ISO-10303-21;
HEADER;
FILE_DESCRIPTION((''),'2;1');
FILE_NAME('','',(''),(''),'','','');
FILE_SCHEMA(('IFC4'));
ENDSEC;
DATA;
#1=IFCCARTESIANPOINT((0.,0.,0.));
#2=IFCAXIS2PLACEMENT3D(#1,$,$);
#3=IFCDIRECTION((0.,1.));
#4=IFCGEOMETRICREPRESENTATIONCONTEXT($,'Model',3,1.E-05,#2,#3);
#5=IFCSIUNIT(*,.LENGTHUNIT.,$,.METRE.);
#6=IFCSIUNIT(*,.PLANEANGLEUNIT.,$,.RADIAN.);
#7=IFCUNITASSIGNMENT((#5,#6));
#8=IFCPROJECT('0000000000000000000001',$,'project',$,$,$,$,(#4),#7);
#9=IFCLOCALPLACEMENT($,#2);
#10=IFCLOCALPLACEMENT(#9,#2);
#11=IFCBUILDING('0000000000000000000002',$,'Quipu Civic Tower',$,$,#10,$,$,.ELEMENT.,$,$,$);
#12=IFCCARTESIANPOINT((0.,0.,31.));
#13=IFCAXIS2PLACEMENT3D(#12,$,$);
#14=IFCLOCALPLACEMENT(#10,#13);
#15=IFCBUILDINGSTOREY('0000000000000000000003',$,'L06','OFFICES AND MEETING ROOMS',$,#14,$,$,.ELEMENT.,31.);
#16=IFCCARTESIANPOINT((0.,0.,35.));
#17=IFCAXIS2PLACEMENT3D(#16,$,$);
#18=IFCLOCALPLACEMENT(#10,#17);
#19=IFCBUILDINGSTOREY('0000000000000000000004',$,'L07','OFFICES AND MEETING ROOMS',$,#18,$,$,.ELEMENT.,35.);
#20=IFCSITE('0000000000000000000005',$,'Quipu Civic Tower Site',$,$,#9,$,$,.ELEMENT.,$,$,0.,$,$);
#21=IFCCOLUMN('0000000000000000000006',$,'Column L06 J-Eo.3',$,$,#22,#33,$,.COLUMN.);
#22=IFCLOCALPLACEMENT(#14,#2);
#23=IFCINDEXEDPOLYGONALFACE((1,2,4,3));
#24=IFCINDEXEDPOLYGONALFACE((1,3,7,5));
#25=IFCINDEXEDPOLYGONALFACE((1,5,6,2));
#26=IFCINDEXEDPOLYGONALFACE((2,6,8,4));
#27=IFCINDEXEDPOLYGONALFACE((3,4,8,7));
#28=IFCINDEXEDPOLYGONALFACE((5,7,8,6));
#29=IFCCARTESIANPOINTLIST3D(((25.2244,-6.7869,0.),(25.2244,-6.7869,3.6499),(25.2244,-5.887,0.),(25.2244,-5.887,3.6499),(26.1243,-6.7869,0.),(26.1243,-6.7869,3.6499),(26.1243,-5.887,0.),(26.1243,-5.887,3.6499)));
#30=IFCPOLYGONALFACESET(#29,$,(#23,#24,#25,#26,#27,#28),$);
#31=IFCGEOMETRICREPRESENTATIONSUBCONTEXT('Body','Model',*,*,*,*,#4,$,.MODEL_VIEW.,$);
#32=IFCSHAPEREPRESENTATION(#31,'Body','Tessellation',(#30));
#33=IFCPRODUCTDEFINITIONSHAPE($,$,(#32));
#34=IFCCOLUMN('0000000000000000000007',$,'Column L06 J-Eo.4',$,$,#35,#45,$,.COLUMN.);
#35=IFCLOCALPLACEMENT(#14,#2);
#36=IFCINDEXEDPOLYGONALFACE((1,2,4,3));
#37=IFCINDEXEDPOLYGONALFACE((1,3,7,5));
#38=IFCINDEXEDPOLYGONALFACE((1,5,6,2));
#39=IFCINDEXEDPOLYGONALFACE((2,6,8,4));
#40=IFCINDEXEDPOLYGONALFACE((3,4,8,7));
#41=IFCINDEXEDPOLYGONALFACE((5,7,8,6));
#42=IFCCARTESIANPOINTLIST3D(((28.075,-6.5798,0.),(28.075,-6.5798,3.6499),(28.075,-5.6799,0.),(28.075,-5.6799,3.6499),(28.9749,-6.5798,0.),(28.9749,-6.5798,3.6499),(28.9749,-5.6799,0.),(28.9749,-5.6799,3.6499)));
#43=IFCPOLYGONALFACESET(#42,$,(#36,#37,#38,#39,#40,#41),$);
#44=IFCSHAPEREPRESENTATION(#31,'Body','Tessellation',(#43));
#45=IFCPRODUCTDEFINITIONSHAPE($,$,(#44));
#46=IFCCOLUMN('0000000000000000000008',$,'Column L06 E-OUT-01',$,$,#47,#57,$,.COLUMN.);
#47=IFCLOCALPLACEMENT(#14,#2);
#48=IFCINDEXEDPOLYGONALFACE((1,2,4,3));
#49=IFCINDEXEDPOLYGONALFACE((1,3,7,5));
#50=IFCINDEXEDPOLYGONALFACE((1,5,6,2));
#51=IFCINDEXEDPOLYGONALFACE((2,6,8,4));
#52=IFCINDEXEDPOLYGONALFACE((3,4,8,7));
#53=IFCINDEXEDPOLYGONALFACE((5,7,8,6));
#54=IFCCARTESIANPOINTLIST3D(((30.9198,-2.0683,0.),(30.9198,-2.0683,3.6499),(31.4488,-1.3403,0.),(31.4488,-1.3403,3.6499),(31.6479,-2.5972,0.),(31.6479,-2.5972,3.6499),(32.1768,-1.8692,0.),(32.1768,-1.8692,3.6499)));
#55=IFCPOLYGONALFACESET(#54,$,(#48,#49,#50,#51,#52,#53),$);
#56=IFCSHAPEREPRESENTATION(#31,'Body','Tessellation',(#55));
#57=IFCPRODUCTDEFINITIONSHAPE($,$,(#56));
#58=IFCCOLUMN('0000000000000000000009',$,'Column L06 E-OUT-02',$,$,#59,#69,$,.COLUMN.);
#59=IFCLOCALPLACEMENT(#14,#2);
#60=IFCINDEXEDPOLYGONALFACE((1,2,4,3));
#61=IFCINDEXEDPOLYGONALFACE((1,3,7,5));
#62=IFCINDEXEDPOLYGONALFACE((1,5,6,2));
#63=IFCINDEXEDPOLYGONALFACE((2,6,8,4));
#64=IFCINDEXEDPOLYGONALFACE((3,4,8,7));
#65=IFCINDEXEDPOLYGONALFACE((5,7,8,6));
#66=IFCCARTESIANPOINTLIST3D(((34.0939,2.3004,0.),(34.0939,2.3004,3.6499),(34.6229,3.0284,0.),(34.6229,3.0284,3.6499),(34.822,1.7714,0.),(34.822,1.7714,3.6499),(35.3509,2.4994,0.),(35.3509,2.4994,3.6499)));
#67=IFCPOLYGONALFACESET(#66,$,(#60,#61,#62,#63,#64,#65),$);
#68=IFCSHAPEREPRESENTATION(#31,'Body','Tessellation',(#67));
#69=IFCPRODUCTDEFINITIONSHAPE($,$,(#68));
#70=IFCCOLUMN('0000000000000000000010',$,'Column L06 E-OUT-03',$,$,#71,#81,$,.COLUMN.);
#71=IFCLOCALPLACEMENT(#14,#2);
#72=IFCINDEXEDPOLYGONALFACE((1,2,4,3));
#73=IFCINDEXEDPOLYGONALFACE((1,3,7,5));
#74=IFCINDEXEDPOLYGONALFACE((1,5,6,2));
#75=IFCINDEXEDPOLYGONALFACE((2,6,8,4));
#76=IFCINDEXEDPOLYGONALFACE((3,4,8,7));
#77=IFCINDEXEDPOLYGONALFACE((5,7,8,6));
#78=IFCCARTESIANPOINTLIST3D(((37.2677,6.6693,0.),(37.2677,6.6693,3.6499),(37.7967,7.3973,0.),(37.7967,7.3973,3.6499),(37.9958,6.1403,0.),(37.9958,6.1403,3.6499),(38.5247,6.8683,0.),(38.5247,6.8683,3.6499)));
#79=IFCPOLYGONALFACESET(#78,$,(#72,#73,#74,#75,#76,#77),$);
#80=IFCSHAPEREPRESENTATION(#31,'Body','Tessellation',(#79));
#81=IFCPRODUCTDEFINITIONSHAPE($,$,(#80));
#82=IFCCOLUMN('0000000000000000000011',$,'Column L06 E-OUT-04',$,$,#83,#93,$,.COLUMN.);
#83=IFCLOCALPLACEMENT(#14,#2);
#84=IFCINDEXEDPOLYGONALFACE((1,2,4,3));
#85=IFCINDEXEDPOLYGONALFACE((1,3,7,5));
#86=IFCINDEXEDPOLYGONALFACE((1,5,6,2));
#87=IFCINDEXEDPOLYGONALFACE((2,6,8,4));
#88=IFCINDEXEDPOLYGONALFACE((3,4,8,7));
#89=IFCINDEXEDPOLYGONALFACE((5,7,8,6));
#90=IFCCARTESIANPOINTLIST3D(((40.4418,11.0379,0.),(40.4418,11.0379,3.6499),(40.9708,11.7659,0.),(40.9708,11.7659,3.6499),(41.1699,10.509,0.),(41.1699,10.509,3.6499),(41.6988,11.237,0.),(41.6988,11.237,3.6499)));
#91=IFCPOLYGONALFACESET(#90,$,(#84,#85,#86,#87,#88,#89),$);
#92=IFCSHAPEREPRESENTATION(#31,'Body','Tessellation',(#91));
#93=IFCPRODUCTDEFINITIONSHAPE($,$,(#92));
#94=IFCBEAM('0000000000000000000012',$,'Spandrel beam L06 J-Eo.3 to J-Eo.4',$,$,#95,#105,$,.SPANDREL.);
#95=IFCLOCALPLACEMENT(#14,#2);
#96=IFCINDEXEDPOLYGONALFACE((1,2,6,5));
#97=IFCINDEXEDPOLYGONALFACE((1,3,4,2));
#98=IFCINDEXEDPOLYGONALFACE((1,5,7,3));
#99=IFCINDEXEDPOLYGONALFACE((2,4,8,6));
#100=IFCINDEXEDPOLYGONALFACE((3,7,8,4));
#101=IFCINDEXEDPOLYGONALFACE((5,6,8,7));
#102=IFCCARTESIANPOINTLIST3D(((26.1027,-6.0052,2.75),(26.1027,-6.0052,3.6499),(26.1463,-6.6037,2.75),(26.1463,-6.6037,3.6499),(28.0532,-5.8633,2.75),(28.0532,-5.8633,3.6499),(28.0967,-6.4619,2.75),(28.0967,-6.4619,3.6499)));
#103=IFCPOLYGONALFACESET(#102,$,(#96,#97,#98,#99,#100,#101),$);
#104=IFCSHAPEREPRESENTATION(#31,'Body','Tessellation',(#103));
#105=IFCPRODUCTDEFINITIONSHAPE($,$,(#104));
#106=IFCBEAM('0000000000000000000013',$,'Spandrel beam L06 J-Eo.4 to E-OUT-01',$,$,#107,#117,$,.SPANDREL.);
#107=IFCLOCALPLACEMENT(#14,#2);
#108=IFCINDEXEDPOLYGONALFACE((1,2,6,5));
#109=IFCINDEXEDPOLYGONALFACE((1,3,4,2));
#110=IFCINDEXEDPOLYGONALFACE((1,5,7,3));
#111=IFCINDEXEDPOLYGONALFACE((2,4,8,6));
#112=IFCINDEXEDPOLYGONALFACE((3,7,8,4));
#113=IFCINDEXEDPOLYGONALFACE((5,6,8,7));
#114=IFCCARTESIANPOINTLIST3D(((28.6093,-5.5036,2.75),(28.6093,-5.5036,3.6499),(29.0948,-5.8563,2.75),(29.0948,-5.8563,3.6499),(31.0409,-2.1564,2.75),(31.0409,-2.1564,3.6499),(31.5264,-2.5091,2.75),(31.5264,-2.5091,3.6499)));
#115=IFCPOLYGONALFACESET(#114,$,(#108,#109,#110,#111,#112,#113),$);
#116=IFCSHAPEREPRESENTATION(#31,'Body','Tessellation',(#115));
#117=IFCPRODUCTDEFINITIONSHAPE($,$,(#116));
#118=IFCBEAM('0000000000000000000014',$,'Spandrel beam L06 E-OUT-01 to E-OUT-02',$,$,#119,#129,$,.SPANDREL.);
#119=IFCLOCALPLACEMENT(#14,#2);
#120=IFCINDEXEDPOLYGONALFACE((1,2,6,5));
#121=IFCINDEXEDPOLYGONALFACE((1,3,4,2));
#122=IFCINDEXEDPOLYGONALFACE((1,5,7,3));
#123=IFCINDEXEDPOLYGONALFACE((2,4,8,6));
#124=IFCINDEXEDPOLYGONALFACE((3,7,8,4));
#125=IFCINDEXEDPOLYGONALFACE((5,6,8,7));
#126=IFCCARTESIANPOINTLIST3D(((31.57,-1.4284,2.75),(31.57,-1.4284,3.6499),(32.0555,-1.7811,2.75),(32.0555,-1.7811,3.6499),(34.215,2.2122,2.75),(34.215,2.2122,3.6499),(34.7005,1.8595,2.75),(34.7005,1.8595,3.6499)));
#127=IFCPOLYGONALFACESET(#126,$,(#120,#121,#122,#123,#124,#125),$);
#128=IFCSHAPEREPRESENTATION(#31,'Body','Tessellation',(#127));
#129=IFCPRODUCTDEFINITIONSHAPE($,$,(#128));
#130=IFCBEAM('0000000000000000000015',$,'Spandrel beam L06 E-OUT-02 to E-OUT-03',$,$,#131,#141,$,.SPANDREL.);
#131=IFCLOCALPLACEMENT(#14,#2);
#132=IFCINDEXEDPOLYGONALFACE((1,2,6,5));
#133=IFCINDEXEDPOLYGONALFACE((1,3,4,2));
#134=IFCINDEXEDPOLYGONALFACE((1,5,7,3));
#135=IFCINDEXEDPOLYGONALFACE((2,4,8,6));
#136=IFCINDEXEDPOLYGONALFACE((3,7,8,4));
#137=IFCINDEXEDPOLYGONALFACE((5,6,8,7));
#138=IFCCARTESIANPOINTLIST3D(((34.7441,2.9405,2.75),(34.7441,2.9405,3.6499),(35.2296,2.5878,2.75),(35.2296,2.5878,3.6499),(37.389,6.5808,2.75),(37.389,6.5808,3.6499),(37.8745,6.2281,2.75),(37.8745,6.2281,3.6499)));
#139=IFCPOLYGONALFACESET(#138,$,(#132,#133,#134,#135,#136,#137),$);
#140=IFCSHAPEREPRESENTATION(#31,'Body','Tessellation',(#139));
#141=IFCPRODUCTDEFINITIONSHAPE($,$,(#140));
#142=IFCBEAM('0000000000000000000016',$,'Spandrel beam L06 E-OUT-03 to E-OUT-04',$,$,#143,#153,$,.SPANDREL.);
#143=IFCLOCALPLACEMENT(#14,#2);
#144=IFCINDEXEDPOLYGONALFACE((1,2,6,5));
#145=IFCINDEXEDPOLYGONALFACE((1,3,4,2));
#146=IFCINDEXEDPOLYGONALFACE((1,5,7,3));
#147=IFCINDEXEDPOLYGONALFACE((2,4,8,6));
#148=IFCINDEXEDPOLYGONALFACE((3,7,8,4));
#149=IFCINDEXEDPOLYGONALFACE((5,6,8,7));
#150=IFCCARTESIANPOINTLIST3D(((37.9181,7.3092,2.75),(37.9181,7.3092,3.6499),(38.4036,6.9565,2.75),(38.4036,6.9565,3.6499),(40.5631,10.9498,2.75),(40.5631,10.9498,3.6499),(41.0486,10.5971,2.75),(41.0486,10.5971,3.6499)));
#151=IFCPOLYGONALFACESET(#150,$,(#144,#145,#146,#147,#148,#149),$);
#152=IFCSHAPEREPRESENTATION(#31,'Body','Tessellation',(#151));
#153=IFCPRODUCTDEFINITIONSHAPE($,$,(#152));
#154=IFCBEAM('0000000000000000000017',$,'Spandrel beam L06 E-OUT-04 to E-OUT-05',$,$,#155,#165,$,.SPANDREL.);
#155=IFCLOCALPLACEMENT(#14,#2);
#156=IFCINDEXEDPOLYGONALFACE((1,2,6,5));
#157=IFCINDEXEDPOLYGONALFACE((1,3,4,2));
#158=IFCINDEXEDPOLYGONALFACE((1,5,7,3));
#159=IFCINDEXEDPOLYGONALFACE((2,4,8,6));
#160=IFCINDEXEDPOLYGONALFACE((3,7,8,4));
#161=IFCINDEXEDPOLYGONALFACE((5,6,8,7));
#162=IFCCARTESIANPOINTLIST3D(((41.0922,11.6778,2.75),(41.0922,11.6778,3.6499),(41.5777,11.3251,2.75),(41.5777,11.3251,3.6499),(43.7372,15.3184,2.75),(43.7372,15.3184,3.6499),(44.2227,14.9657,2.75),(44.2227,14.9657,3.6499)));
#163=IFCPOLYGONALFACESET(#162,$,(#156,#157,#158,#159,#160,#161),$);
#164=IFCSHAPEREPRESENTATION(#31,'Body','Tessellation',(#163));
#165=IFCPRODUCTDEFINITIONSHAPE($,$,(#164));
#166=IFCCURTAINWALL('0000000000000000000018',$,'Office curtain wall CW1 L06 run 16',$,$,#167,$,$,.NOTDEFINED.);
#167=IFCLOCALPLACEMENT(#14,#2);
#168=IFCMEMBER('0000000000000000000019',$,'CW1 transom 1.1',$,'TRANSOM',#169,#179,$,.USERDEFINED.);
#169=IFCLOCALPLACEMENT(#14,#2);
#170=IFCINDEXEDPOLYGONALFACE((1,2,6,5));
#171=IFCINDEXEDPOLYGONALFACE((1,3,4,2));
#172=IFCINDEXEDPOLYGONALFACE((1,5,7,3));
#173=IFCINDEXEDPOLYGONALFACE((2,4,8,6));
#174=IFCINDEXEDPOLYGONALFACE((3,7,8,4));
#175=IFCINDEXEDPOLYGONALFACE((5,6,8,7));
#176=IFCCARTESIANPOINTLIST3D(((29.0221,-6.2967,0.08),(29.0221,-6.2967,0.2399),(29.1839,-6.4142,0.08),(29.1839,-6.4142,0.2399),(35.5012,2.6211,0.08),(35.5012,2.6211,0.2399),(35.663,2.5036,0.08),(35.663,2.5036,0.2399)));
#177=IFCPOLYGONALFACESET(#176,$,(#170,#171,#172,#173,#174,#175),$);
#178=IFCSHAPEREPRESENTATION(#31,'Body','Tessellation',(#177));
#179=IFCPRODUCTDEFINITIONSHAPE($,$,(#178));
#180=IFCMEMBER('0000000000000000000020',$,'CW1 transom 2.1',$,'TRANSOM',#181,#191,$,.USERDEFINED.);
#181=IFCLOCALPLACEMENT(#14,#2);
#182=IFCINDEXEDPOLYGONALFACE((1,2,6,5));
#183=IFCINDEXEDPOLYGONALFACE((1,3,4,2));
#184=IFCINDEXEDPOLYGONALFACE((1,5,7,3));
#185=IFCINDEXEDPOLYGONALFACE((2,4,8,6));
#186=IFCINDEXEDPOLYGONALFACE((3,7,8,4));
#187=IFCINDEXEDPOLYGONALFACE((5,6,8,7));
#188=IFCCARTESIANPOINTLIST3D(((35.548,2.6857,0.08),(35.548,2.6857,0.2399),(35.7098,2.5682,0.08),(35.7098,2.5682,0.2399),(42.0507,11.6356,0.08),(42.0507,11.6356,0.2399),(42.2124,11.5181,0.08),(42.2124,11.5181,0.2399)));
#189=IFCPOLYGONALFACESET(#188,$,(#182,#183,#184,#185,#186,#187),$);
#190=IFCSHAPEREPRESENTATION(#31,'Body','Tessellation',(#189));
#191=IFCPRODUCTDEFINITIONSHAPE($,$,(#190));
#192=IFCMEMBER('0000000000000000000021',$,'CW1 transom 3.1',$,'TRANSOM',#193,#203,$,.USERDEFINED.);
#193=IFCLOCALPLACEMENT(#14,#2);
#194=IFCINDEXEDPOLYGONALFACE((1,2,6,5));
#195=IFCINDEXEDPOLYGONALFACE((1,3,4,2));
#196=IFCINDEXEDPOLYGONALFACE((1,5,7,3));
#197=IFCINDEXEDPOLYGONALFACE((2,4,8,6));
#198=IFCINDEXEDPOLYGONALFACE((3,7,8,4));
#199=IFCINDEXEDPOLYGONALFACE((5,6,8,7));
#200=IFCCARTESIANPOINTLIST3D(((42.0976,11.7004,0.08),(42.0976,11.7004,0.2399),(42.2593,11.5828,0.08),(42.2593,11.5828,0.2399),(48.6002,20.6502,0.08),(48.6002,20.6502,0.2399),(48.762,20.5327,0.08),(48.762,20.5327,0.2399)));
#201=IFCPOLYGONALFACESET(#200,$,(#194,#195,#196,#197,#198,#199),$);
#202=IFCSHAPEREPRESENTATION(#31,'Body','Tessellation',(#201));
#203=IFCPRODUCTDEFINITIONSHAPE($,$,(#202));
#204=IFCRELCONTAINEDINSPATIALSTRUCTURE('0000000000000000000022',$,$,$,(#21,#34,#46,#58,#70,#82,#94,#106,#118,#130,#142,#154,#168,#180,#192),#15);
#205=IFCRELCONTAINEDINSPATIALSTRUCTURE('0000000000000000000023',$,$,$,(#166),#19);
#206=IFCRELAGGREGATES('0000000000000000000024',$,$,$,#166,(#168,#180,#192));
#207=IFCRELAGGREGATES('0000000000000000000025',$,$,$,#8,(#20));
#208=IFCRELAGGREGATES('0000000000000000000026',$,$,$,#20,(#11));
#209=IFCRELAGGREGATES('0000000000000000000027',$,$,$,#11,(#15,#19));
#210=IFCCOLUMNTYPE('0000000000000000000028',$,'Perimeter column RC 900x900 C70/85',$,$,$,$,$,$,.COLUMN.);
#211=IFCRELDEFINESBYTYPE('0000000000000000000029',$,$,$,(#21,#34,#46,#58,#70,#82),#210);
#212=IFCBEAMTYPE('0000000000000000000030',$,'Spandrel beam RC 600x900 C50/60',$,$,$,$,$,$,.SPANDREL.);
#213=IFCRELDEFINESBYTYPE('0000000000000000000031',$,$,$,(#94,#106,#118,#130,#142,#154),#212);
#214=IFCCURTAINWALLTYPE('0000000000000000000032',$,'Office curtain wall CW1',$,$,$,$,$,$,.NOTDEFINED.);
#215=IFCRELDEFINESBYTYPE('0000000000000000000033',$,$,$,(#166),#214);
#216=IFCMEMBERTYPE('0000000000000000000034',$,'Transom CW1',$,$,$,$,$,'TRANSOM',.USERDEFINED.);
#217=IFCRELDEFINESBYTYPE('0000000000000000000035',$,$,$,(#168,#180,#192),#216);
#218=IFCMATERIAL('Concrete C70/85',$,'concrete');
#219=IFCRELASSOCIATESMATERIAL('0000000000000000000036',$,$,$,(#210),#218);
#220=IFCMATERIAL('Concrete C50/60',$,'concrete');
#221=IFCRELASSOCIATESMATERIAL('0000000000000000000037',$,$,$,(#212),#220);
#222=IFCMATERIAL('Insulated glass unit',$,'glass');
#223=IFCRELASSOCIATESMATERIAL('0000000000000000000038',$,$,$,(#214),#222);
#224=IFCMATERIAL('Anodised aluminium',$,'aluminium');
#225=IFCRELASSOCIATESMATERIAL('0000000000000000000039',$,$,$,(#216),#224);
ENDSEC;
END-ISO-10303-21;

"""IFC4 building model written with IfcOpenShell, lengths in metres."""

from ifc_helpers import new_model, si_unit, direction, frame, origin, origin_2d, place, context, subcontext, project, spatial, rectangle, extrude, material, material_profile, profile_set, type_object, element, aggregate, save


model = new_model("IFC4")

# Units and contexts
model_context = context("Model", 3, precision=1e-05, world=origin(), true_north=direction((0.0, 1.0)))
body_context = subcontext(model_context, "Body", "Model", "MODEL_VIEW")
ifc_project = project(units=[si_unit("LENGTHUNIT", "METRE"), si_unit("PLANEANGLEUNIT", "RADIAN")], contexts=[model_context])

# Site, building, storey
site_placement = place(None, origin())
site = spatial("IfcSite", under=ifc_project, at=site_placement, Name="Quipu Civic Tower Site", CompositionType="ELEMENT", RefElevation=0.0)
building_placement = place(site_placement, origin())
building = spatial("IfcBuilding", under=site, at=building_placement, Name="Quipu Civic Tower", CompositionType="ELEMENT")
storey_1_placement = place(building_placement, frame((0.0, 0.0, 31.0)))
storey_1 = spatial("IfcBuildingStorey", under=building, at=storey_1_placement, Name="L06", Description="OFFICES AND MEETING ROOMS", CompositionType="ELEMENT", Elevation=31.0)

# Columns
ifc_material_1 = material(Name="Concrete C70/85", Category="concrete")
ifc_material_profile_1 = material_profile(ifc_material_1, rectangle(XDim=0.8999, YDim=0.8999, at=origin_2d()), Name="RC900x900")
ifc_profile_set_1 = profile_set([ifc_material_profile_1], Name="Concrete C70/85")
column_type = type_object("IfcColumnType", Name="Perimeter column RC 900x900 C70/85", PredefinedType="COLUMN", material=ifc_profile_set_1)
for number, where, z_axis, x_axis, name in (
    (1, (25.6743, -6.3369, 0.0), (0.0, 0.0, 1.0), (1.0, 0.0, 0.0), "Column L06 J-Eo.3"),
    (2, (28.5249, -6.1299, 0.0), (0.0, 0.0, 1.0), (1.0, 0.0, 0.0), "Column L06 J-Eo.4"),
    (3, (31.5483, -1.9688, 0.0), (0.0, 0.0, 1.0), (0.587785, 0.809017, 0.0), "Column L06 E-OUT-01"),
    (4, (34.7224, 2.3999, 0.0), (0.0, 0.0, 1.0), (0.587785, 0.809017, 0.0), "Column L06 E-OUT-02"),
    (5, (37.8962, 6.7688, 0.0), (0.0, 0.0, 1.0), (0.587785, 0.809017, 0.0), "Column L06 E-OUT-03"),
    (6, (41.0703, 11.1375, 0.0), (0.0, 0.0, 1.0), (0.587785, 0.809017, 0.0), "Column L06 E-OUT-04"),
):
    element("IfcColumn", number, at=place(storey_1_placement, frame(where, z_axis=z_axis, x_axis=x_axis)), inside=storey_1, type_object=column_type, Name=name, PredefinedType="COLUMN", context=body_context, shape_type="SweptSolid", body=[
        extrude(rectangle(XDim=0.8999, YDim=0.8999, at=origin_2d()), origin(), (0.0, 0.0, 1.0), 3.6499),
    ])

# Beams
ifc_material_2 = material(Name="Concrete C50/60", Category="concrete")
ifc_material_profile_2 = material_profile(ifc_material_2, rectangle(XDim=0.6001, YDim=0.8999, at=origin_2d()), Name="RC600x900")
ifc_profile_set_2 = profile_set([ifc_material_profile_2], Name="Concrete C50/60")
beam_type = type_object("IfcBeamType", Name="Spandrel beam RC 600x900 C50/60", PredefinedType="SPANDREL", material=ifc_profile_set_2)
beam_1_placement = place(storey_1_placement, frame((26.1245, -6.3044, 3.2), z_axis=(0.997366, 0.072533, 0.0), x_axis=(-0.072533, 0.997366, 0.0)))
element("IfcBeam", 7, at=beam_1_placement, inside=storey_1, type_object=beam_type, Name="Spandrel beam L06 J-Eo.3 to J-Eo.4", PredefinedType="SPANDREL", context=body_context, shape_type="SweptSolid", body=[
    extrude(rectangle(XDim=0.6001, YDim=0.8999, at=origin_2d()), origin(), (0.0, 0.0, 1.0), 1.9556),
])
beam_2_placement = place(storey_1_placement, frame((28.8521, -5.6799, 3.2), z_axis=(0.587751, 0.809042, 0.0), x_axis=(-0.809042, 0.587751, 0.0)))
element("IfcBeam", 8, at=beam_2_placement, inside=storey_1, type_object=beam_type, Name="Spandrel beam L06 J-Eo.4 to E-OUT-01", PredefinedType="SPANDREL", context=body_context, shape_type="SweptSolid", body=[
    extrude(rectangle(XDim=0.6001, YDim=0.8999, at=origin_2d()), origin(), (0.0, 0.0, 1.0), 4.1372),
])
beam_3_placement = place(storey_1_placement, frame((31.8127, -1.6047, 3.2), z_axis=(0.587778, 0.809022, 0.0), x_axis=(-0.809022, 0.587778, 0.0)))
element("IfcBeam", 9, at=beam_3_placement, inside=storey_1, type_object=beam_type, Name="Spandrel beam L06 E-OUT-01 to E-OUT-02", PredefinedType="SPANDREL", context=body_context, shape_type="SweptSolid", body=[
    extrude(rectangle(XDim=0.6001, YDim=0.8999, at=origin_2d()), origin(), (0.0, 0.0, 1.0), 4.5),
])
beam_4_placement = place(storey_1_placement, frame((34.9868, 2.7642, 3.2), z_axis=(0.587804, 0.809003, 0.0), x_axis=(-0.809003, 0.587804, 0.0)))
element("IfcBeam", 10, at=beam_4_placement, inside=storey_1, type_object=beam_type, Name="Spandrel beam L06 E-OUT-02 to E-OUT-03", PredefinedType="SPANDREL", context=body_context, shape_type="SweptSolid", body=[
    extrude(rectangle(XDim=0.6001, YDim=0.8999, at=origin_2d()), origin(), (0.0, 0.0, 1.0), 4.4998),
])
for number, where, z_axis, x_axis, name in (
    (11, (38.1609, 7.1328, 3.2), (0.587778, 0.809022, 0.0), (-0.809022, 0.587778, 0.0), "Spandrel beam L06 E-OUT-03 to E-OUT-04"),
    (12, (41.335, 11.5015, 3.2), (0.587778, 0.809022, 0.0), (-0.809022, 0.587778, 0.0), "Spandrel beam L06 E-OUT-04 to E-OUT-05"),
):
    element("IfcBeam", number, at=place(storey_1_placement, frame(where, z_axis=z_axis, x_axis=x_axis)), inside=storey_1, type_object=beam_type, Name=name, PredefinedType="SPANDREL", context=body_context, shape_type="SweptSolid", body=[
        extrude(rectangle(XDim=0.6001, YDim=0.8999, at=origin_2d()), origin(), (0.0, 0.0, 1.0), 4.5),
    ])

# Shared definitions
storey_2_placement = place(building_placement, frame((0.0, 0.0, 35.0)))
storey_2 = spatial("IfcBuildingStorey", under=building, at=storey_2_placement, Name="L07", Description="OFFICES AND MEETING ROOMS", CompositionType="ELEMENT", Elevation=35.0)

# Curtain wall, members
ifc_material_3 = material(Name="Insulated glass unit", Category="glass")
curtain_wall_type = type_object("IfcCurtainWallType", Name="Office curtain wall CW1", PredefinedType="NOTDEFINED", material=ifc_material_3)
curtain_wall_placement = place(storey_2_placement, origin())
curtain_wall = element("IfcCurtainWall", 13, at=curtain_wall_placement, inside=storey_2, type_object=curtain_wall_type, Name="Office curtain wall CW1 L06 run 16", PredefinedType="NOTDEFINED")
ifc_material_4 = material(Name="Anodised aluminium", Category="aluminium")
ifc_material_profile_3 = material_profile(ifc_material_4, rectangle(XDim=0.2, YDim=0.1599, at=origin_2d()), Name="RECT 200x160")
ifc_profile_set_3 = profile_set([ifc_material_profile_3], Name="Anodised aluminium")
member_type = type_object("IfcMemberType", Name="Transom CW1", ElementType="TRANSOM", PredefinedType="USERDEFINED", material=ifc_profile_set_3)
member_1_placement = place(storey_1_placement, frame((29.103, -6.3555, 0.1599), z_axis=(0.587779, 0.809021, 0.0), x_axis=(-0.809021, 0.587779, 0.0)))
member_1 = element("IfcMember", 14, at=member_1_placement, inside=storey_1, type_object=member_type, Name="CW1 transom 1.1", ObjectType="TRANSOM", PredefinedType="USERDEFINED", context=body_context, shape_type="SweptSolid", body=[
    extrude(rectangle(XDim=0.2, YDim=0.1599, at=origin_2d()), origin(), (0.0, 0.0, 1.0), 11.0229),
])
member_2_placement = place(storey_1_placement, frame((35.6289, 2.627, 0.1599), z_axis=(0.587795, 0.80901, 0.0), x_axis=(-0.80901, 0.587795, 0.0)))
member_2 = element("IfcMember", 15, at=member_2_placement, inside=storey_1, type_object=member_type, Name="CW1 transom 2.1", ObjectType="TRANSOM", PredefinedType="USERDEFINED", context=body_context, shape_type="SweptSolid", body=[
    extrude(rectangle(XDim=0.2, YDim=0.1599, at=origin_2d()), origin(), (0.0, 0.0, 1.0), 11.0627),
])
member_3_placement = place(storey_1_placement, frame((42.1785, 11.6416, 0.1599), z_axis=(0.587795, 0.80901, 0.0), x_axis=(-0.80901, 0.587795, 0.0)))
member_3 = element("IfcMember", 16, at=member_3_placement, inside=storey_1, type_object=member_type, Name="CW1 transom 3.1", ObjectType="TRANSOM", PredefinedType="USERDEFINED", context=body_context, shape_type="SweptSolid", body=[
    extrude(rectangle(XDim=0.2, YDim=0.1599, at=origin_2d()), origin(), (0.0, 0.0, 1.0), 11.0627),
])
aggregate(curtain_wall, [member_1, member_2, member_3])

save(model, "model.ifc")
